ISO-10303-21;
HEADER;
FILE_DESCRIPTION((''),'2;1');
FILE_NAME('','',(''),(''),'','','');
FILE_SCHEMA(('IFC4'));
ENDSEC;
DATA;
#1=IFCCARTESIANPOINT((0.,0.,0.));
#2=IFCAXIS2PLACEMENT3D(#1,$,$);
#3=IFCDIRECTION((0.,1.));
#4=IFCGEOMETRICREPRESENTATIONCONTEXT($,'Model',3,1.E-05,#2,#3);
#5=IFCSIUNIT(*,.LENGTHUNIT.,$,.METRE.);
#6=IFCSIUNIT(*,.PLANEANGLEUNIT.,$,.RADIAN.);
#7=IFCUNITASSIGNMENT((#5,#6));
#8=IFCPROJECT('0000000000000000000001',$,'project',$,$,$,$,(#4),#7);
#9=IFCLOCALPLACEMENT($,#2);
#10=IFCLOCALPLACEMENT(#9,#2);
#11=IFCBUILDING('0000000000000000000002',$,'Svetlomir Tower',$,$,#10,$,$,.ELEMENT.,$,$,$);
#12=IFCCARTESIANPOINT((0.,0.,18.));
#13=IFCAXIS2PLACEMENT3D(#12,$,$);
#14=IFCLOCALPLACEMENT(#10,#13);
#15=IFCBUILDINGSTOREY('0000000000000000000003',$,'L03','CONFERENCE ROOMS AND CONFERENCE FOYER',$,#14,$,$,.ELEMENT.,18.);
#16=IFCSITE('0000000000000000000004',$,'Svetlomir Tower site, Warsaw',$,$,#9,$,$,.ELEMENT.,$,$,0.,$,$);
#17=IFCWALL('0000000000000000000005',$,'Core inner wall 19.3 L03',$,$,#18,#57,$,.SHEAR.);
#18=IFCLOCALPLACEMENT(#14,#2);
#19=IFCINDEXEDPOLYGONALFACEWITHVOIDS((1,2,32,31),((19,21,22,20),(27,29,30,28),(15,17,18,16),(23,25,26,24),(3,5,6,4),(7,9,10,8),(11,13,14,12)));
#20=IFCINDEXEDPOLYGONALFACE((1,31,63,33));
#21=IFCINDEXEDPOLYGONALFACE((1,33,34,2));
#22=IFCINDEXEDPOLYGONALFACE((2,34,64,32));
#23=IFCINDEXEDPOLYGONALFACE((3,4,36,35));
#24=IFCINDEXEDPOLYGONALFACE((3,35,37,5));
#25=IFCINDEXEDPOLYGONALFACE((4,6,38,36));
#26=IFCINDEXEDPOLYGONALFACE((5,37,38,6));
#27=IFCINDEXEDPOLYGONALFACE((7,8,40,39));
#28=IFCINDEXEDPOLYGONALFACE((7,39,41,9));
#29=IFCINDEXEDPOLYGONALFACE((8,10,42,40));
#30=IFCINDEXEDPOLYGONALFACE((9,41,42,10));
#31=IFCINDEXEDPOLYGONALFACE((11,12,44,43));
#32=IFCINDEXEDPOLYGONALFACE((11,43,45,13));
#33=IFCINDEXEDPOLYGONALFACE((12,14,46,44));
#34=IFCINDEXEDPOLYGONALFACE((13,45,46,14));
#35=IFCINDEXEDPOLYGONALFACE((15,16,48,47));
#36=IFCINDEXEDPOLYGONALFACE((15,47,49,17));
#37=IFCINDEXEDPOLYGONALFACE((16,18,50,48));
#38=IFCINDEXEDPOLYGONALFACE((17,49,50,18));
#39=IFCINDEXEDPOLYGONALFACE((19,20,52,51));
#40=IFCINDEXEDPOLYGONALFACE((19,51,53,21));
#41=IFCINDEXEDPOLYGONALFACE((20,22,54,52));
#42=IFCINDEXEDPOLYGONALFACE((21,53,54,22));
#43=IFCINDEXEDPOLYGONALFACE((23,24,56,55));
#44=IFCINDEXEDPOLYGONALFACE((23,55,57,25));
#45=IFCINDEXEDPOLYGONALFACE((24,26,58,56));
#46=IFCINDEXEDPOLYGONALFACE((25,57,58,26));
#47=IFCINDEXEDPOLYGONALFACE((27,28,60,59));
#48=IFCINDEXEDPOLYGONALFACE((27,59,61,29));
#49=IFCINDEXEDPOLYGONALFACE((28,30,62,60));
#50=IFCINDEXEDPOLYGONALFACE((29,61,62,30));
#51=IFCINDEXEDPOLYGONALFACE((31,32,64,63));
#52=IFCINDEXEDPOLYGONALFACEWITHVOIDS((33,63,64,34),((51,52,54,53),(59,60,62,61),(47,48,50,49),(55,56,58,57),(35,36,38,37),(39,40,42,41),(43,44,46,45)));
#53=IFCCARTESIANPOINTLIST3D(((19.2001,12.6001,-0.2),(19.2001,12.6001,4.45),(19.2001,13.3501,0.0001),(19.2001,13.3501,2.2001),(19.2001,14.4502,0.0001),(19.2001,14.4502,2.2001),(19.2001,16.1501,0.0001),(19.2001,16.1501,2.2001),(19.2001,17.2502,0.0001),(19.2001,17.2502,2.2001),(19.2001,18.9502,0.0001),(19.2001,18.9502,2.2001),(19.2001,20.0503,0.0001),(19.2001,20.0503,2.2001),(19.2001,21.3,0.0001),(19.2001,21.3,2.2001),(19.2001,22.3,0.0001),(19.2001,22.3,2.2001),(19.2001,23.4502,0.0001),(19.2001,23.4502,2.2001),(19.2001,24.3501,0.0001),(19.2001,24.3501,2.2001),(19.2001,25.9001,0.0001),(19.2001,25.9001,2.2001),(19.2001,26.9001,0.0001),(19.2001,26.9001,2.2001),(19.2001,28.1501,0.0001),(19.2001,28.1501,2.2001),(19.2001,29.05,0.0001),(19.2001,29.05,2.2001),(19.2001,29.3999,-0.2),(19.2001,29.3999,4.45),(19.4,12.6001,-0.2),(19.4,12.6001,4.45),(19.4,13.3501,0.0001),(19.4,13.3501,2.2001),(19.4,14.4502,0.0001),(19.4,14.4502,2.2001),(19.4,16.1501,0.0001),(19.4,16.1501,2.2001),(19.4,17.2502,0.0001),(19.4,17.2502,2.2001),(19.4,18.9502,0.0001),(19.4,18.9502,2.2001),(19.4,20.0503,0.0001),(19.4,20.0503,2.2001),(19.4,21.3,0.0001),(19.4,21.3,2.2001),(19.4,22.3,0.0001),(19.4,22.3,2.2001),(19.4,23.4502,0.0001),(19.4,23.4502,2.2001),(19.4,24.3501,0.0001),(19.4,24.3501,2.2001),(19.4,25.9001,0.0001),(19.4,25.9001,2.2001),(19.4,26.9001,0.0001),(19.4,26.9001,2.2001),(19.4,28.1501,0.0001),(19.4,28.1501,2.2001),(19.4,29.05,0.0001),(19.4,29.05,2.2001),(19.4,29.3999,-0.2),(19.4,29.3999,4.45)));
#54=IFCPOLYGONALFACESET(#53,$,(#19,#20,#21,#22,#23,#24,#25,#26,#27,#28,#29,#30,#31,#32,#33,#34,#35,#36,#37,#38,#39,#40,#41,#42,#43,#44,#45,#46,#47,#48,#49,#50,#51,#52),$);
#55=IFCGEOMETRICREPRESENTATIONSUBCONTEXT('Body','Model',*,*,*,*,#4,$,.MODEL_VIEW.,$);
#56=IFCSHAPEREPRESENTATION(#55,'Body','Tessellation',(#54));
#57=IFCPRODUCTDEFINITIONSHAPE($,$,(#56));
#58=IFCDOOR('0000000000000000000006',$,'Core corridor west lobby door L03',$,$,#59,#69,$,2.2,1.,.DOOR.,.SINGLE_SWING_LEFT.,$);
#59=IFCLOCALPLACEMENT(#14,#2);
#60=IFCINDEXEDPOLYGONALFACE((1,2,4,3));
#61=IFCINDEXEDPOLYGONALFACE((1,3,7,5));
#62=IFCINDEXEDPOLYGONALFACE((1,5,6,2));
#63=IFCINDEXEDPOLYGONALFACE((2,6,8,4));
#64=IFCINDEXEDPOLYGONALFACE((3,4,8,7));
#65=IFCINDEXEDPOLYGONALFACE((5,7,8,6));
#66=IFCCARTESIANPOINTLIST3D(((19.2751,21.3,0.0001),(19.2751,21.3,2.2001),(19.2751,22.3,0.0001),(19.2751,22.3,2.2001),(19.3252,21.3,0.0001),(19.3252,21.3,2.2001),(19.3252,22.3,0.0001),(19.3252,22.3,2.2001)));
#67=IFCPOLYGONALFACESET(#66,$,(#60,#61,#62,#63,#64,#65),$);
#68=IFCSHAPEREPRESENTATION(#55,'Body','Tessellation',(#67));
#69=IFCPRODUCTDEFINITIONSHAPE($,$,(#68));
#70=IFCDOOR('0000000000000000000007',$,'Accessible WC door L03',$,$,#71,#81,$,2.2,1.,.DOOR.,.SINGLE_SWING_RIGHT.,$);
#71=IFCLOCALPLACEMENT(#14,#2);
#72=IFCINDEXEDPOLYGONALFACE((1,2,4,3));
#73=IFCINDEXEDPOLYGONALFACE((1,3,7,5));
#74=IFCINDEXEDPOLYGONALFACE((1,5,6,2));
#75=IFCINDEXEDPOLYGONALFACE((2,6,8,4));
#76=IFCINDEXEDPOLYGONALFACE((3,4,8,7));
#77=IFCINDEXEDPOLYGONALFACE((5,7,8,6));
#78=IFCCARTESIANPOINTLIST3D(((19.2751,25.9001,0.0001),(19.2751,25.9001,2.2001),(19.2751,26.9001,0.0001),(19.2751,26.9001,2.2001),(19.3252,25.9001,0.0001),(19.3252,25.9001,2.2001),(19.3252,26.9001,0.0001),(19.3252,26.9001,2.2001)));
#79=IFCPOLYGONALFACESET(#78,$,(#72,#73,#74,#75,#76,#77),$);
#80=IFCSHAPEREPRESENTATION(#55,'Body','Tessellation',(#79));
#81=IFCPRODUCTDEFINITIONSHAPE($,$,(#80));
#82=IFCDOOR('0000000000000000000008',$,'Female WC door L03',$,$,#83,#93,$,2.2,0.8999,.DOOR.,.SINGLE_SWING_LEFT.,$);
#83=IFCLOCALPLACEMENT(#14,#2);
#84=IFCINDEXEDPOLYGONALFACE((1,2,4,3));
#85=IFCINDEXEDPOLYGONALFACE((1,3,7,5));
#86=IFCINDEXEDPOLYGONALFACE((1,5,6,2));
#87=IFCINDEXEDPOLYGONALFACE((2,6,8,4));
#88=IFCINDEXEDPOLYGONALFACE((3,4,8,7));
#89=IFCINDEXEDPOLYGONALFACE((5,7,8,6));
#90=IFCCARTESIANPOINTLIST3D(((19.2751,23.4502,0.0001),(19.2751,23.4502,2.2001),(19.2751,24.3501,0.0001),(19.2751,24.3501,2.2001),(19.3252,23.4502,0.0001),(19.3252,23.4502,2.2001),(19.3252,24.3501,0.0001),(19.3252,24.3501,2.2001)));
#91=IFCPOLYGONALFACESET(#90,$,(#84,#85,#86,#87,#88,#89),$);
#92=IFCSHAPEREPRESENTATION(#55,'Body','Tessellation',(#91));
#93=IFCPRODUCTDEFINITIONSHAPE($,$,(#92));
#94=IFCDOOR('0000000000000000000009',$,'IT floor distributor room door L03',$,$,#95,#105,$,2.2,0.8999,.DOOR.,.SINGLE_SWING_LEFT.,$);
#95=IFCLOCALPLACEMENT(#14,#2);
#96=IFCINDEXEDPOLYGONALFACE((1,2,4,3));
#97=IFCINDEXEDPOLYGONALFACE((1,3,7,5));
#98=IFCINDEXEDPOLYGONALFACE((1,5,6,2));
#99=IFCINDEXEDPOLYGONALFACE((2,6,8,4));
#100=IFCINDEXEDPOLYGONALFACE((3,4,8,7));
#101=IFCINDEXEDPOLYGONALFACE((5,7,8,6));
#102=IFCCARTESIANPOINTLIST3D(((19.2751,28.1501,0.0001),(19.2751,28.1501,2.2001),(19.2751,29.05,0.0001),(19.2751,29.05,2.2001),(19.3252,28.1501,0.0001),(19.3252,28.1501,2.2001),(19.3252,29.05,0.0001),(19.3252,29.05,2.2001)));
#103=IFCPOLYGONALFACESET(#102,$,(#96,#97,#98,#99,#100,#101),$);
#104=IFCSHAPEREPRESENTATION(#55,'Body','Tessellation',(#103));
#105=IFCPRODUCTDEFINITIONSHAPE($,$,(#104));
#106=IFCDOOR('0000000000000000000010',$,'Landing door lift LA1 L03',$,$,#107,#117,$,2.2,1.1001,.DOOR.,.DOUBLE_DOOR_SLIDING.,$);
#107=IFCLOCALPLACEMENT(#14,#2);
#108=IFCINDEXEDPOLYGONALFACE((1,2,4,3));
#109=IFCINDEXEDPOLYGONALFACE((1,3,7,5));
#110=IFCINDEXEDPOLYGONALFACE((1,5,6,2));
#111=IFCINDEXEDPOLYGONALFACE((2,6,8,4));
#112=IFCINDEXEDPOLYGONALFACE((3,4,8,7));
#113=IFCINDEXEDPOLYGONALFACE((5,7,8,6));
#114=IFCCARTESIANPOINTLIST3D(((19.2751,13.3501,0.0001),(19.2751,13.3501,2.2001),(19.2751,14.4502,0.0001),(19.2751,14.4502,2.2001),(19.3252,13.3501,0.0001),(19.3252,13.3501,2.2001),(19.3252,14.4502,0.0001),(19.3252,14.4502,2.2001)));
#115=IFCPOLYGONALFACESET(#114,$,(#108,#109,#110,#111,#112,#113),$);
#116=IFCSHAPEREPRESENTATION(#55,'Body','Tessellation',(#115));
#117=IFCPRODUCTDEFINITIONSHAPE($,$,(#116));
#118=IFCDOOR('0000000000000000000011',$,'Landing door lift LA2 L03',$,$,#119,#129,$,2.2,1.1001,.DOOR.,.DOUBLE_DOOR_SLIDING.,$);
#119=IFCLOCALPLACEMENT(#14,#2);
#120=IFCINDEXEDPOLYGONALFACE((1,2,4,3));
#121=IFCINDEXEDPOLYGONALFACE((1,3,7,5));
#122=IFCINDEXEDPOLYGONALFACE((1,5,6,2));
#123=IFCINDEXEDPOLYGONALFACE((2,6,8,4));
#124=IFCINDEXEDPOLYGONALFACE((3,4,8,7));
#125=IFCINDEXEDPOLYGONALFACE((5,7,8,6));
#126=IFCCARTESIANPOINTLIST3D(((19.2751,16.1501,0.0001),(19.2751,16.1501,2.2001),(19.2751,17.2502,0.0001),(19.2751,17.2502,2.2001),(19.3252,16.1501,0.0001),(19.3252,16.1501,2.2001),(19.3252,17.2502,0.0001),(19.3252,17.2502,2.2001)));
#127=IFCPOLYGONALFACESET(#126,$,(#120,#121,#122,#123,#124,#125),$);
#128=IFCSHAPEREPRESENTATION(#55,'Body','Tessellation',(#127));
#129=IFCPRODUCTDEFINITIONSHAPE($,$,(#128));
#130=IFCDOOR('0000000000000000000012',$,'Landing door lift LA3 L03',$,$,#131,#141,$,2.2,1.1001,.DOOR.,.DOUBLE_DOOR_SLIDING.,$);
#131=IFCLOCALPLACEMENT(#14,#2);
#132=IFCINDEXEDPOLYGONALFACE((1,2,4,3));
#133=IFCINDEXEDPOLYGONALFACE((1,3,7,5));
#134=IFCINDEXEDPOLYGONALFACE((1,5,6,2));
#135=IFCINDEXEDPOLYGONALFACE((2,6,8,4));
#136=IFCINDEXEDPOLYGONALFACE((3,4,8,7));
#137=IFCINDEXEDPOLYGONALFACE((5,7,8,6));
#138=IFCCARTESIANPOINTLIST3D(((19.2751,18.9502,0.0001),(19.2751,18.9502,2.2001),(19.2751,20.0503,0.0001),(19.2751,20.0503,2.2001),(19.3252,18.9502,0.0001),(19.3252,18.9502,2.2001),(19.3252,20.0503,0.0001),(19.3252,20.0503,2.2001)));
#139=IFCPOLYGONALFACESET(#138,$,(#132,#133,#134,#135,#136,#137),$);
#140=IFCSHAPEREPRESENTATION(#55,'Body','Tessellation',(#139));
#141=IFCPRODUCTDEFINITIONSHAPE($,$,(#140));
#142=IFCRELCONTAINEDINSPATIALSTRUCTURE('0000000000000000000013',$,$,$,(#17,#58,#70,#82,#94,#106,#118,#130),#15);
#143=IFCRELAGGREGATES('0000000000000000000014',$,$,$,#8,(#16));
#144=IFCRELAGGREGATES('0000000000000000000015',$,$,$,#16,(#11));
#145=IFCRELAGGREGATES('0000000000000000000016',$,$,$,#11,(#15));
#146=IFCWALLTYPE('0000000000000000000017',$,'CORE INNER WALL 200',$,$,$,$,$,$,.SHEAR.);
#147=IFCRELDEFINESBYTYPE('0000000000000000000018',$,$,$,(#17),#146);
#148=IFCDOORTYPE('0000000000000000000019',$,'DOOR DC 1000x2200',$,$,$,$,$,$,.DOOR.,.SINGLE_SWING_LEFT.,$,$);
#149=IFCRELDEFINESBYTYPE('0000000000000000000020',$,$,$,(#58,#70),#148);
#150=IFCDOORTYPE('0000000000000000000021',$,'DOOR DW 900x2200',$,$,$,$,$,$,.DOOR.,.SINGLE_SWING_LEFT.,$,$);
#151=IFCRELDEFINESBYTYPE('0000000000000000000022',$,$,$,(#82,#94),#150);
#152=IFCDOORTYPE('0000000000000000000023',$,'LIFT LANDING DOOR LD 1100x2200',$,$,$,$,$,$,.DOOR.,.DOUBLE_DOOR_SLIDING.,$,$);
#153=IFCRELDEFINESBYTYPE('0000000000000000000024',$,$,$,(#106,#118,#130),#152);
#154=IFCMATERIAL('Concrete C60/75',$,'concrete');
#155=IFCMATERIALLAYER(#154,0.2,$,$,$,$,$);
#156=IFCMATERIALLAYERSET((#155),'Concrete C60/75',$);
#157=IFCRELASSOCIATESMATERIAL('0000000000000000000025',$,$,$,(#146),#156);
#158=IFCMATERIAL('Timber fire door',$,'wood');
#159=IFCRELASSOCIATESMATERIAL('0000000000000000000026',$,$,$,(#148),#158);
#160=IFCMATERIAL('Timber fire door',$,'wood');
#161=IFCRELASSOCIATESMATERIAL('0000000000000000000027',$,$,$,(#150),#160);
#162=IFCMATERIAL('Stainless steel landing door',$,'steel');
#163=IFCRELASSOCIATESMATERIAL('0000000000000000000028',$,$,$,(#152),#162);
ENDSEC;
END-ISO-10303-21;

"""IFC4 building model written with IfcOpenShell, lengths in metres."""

from ifc_helpers import new_model, si_unit, direction, frame, frame_2d, origin, place, context, subcontext, project, spatial, rectangle, extrude, material, layer, layer_set, type_object, element, fill, save


model = new_model("IFC4")

# Units and contexts
model_context = context("Model", 3, precision=1e-05, world=origin(), true_north=direction((0.0, 1.0)))
body_context = subcontext(model_context, "Body", "Model", "MODEL_VIEW")
ifc_project = project(units=[si_unit("LENGTHUNIT", "METRE"), si_unit("PLANEANGLEUNIT", "RADIAN")], contexts=[model_context])

# Site, building, storey
site_placement = place(None, origin())
site = spatial("IfcSite", under=ifc_project, at=site_placement, Name="Svetlomir Tower site, Warsaw", CompositionType="ELEMENT", RefElevation=0.0)
building_placement = place(site_placement, origin())
building = spatial("IfcBuilding", under=site, at=building_placement, Name="Svetlomir Tower", CompositionType="ELEMENT")
storey_placement = place(building_placement, frame((0.0, 0.0, 18.0)))
storey = spatial("IfcBuildingStorey", under=building, at=storey_placement, Name="L03", Description="CONFERENCE ROOMS AND CONFERENCE FOYER", CompositionType="ELEMENT", Elevation=18.0)

# Wall, openings, doors
ifc_material_1 = material(Name="Concrete C60/75", Category="concrete")
ifc_layer_1 = layer(ifc_material_1, 0.2)
ifc_layer_set_1 = layer_set([ifc_layer_1], Name="Concrete C60/75")
wall_type_1 = type_object("IfcWallType", Name="CORE INNER WALL 200", PredefinedType="SHEAR", material=ifc_layer_set_1)
wall_1_placement = place(storey_placement, frame((19.3, 12.6001, -0.2), z_axis=(0.0, 0.0, 1.0), x_axis=(0.0, 1.0, 0.0)))
wall_1 = element("IfcWall", 1, at=wall_1_placement, inside=storey, type_object=wall_type_1, Name="Core inner wall 19.3 L03", PredefinedType="SHEAR", context=body_context, shape_type="SweptSolid", body=[
    extrude(rectangle(XDim=16.7998, YDim=0.2, at=frame_2d((8.3999, 0.0))), origin(), (0.0, 0.0, 1.0), 4.6499),
])
opening_1_placement = place(wall_1_placement, frame((8.7, 0.0, 0.2)))
opening_1 = element("IfcOpeningElement", 2, at=opening_1_placement, cuts=wall_1, PredefinedType="OPENING", context=body_context, shape_type="SweptSolid", body=[
    extrude(rectangle(XDim=1.0, YDim=2.2, at=frame_2d((0.5, 1.1001))), frame((0.0, 0.1099, 0.0), z_axis=(0.0, -1.0, 0.0), x_axis=(1.0, 0.0, 0.0)), (0.0, 0.0, 1.0), 0.22),
])
opening_2_placement = place(wall_1_placement, frame((10.8501, 0.0, 0.2)))
opening_2 = element("IfcOpeningElement", 3, at=opening_2_placement, cuts=wall_1, PredefinedType="OPENING", context=body_context, shape_type="SweptSolid", body=[
    extrude(rectangle(XDim=0.8999, YDim=2.2, at=frame_2d((0.45, 1.1001))), frame((0.0, 0.1099, 0.0), z_axis=(0.0, -1.0, 0.0), x_axis=(1.0, 0.0, 0.0)), (0.0, 0.0, 1.0), 0.22),
])
opening_3_placement = place(wall_1_placement, frame((13.3, 0.0, 0.2)))
opening_3 = element("IfcOpeningElement", 4, at=opening_3_placement, cuts=wall_1, PredefinedType="OPENING", context=body_context, shape_type="SweptSolid", body=[
    extrude(rectangle(XDim=1.0, YDim=2.2, at=frame_2d((0.5, 1.1001))), frame((0.0, 0.1099, 0.0), z_axis=(0.0, -1.0, 0.0), x_axis=(1.0, 0.0, 0.0)), (0.0, 0.0, 1.0), 0.22),
])
opening_4_placement = place(wall_1_placement, frame((15.55, 0.0, 0.2)))
opening_4 = element("IfcOpeningElement", 5, at=opening_4_placement, cuts=wall_1, PredefinedType="OPENING", context=body_context, shape_type="SweptSolid", body=[
    extrude(rectangle(XDim=0.8999, YDim=2.2, at=frame_2d((0.45, 1.1001))), frame((0.0, 0.1099, 0.0), z_axis=(0.0, -1.0, 0.0), x_axis=(1.0, 0.0, 0.0)), (0.0, 0.0, 1.0), 0.22),
])
opening_5_placement = place(wall_1_placement, frame((0.75, 0.0, 0.2)))
opening_5 = element("IfcOpeningElement", 6, at=opening_5_placement, cuts=wall_1, PredefinedType="OPENING", context=body_context, shape_type="SweptSolid", body=[
    extrude(rectangle(XDim=1.1001, YDim=2.2, at=frame_2d((0.55, 1.1001))), frame((0.0, 0.1099, 0.0), z_axis=(0.0, -1.0, 0.0), x_axis=(1.0, 0.0, 0.0)), (0.0, 0.0, 1.0), 0.22),
])
opening_6_placement = place(wall_1_placement, frame((3.55, 0.0, 0.2)))
opening_6 = element("IfcOpeningElement", 7, at=opening_6_placement, cuts=wall_1, PredefinedType="OPENING", context=body_context, shape_type="SweptSolid", body=[
    extrude(rectangle(XDim=1.1001, YDim=2.2, at=frame_2d((0.55, 1.1001))), frame((0.0, 0.1099, 0.0), z_axis=(0.0, -1.0, 0.0), x_axis=(1.0, 0.0, 0.0)), (0.0, 0.0, 1.0), 0.22),
])
opening_7_placement = place(wall_1_placement, frame((6.3501, 0.0, 0.2)))
opening_7 = element("IfcOpeningElement", 8, at=opening_7_placement, cuts=wall_1, PredefinedType="OPENING", context=body_context, shape_type="SweptSolid", body=[
    extrude(rectangle(XDim=1.1001, YDim=2.2, at=frame_2d((0.55, 1.1001))), frame((0.0, 0.1099, 0.0), z_axis=(0.0, -1.0, 0.0), x_axis=(1.0, 0.0, 0.0)), (0.0, 0.0, 1.0), 0.22),
])
ifc_material_2 = material(Name="Timber fire door", Category="wood")
door_type_1 = type_object("IfcDoorType", Name="DOOR DC 1000x2200", OperationType="SINGLE_SWING_LEFT", PredefinedType="DOOR", material=ifc_material_2)
door_1_placement = place(opening_1_placement, origin())
door_1 = element("IfcDoor", 9, at=door_1_placement, inside=storey, type_object=door_type_1, Name="Core corridor west lobby door L03", OperationType="SINGLE_SWING_LEFT", OverallHeight=2.2, OverallWidth=1.0, PredefinedType="DOOR", context=body_context, shape_type="SweptSolid", body=[
    extrude(rectangle(XDim=1.0, YDim=2.2, at=frame_2d((0.5, 1.1001))), frame((0.0, 0.0249, 0.0), z_axis=(0.0, -1.0, 0.0), x_axis=(1.0, 0.0, 0.0)), (0.0, 0.0, 1.0), 0.05),
])
fill(opening_1, door_1)
door_2_placement = place(opening_3_placement, origin())
door_2 = element("IfcDoor", 10, at=door_2_placement, inside=storey, type_object=door_type_1, Name="Accessible WC door L03", OperationType="SINGLE_SWING_RIGHT", OverallHeight=2.2, OverallWidth=1.0, PredefinedType="DOOR", context=body_context, shape_type="SweptSolid", body=[
    extrude(rectangle(XDim=1.0, YDim=2.2, at=frame_2d((0.5, 1.1001))), frame((0.0, 0.0249, 0.0), z_axis=(0.0, -1.0, 0.0), x_axis=(1.0, 0.0, 0.0)), (0.0, 0.0, 1.0), 0.05),
])
fill(opening_3, door_2)
ifc_material_3 = material(Name="Timber fire door", Category="wood")
door_type_2 = type_object("IfcDoorType", Name="DOOR DW 900x2200", OperationType="SINGLE_SWING_LEFT", PredefinedType="DOOR", material=ifc_material_3)
door_3_placement = place(opening_2_placement, origin())
door_3 = element("IfcDoor", 11, at=door_3_placement, inside=storey, type_object=door_type_2, Name="Female WC door L03", OperationType="SINGLE_SWING_LEFT", OverallHeight=2.2, OverallWidth=0.8999, PredefinedType="DOOR", context=body_context, shape_type="SweptSolid", body=[
    extrude(rectangle(XDim=0.8999, YDim=2.2, at=frame_2d((0.45, 1.1001))), frame((0.0, 0.0249, 0.0), z_axis=(0.0, -1.0, 0.0), x_axis=(1.0, 0.0, 0.0)), (0.0, 0.0, 1.0), 0.05),
])
fill(opening_2, door_3)
door_4_placement = place(opening_4_placement, origin())
door_4 = element("IfcDoor", 12, at=door_4_placement, inside=storey, type_object=door_type_2, Name="IT floor distributor room door L03", OperationType="SINGLE_SWING_LEFT", OverallHeight=2.2, OverallWidth=0.8999, PredefinedType="DOOR", context=body_context, shape_type="SweptSolid", body=[
    extrude(rectangle(XDim=0.8999, YDim=2.2, at=frame_2d((0.45, 1.1001))), frame((0.0, 0.0249, 0.0), z_axis=(0.0, -1.0, 0.0), x_axis=(1.0, 0.0, 0.0)), (0.0, 0.0, 1.0), 0.05),
])
fill(opening_4, door_4)
ifc_material_4 = material(Name="Stainless steel landing door", Category="steel")
door_type_3 = type_object("IfcDoorType", Name="LIFT LANDING DOOR LD 1100x2200", OperationType="DOUBLE_DOOR_SLIDING", PredefinedType="DOOR", material=ifc_material_4)
door_5_placement = place(opening_5_placement, origin())
door_5 = element("IfcDoor", 13, at=door_5_placement, inside=storey, type_object=door_type_3, Name="Landing door lift LA1 L03", OperationType="DOUBLE_DOOR_SLIDING", OverallHeight=2.2, OverallWidth=1.1001, PredefinedType="DOOR", context=body_context, shape_type="SweptSolid", body=[
    extrude(rectangle(XDim=1.1001, YDim=2.2, at=frame_2d((0.55, 1.1001))), frame((0.0, 0.0249, 0.0), z_axis=(0.0, -1.0, 0.0), x_axis=(1.0, 0.0, 0.0)), (0.0, 0.0, 1.0), 0.05),
])
fill(opening_5, door_5)
door_6_placement = place(opening_6_placement, origin())
door_6 = element("IfcDoor", 14, at=door_6_placement, inside=storey, type_object=door_type_3, Name="Landing door lift LA2 L03", OperationType="DOUBLE_DOOR_SLIDING", OverallHeight=2.2, OverallWidth=1.1001, PredefinedType="DOOR", context=body_context, shape_type="SweptSolid", body=[
    extrude(rectangle(XDim=1.1001, YDim=2.2, at=frame_2d((0.55, 1.1001))), frame((0.0, 0.0249, 0.0), z_axis=(0.0, -1.0, 0.0), x_axis=(1.0, 0.0, 0.0)), (0.0, 0.0, 1.0), 0.05),
])
fill(opening_6, door_6)
door_7_placement = place(opening_7_placement, origin())
door_7 = element("IfcDoor", 15, at=door_7_placement, inside=storey, type_object=door_type_3, Name="Landing door lift LA3 L03", OperationType="DOUBLE_DOOR_SLIDING", OverallHeight=2.2, OverallWidth=1.1001, PredefinedType="DOOR", context=body_context, shape_type="SweptSolid", body=[
    extrude(rectangle(XDim=1.1001, YDim=2.2, at=frame_2d((0.55, 1.1001))), frame((0.0, 0.0249, 0.0), z_axis=(0.0, -1.0, 0.0), x_axis=(1.0, 0.0, 0.0)), (0.0, 0.0, 1.0), 0.05),
])
fill(opening_7, door_7)

save(model, "model.ifc")
